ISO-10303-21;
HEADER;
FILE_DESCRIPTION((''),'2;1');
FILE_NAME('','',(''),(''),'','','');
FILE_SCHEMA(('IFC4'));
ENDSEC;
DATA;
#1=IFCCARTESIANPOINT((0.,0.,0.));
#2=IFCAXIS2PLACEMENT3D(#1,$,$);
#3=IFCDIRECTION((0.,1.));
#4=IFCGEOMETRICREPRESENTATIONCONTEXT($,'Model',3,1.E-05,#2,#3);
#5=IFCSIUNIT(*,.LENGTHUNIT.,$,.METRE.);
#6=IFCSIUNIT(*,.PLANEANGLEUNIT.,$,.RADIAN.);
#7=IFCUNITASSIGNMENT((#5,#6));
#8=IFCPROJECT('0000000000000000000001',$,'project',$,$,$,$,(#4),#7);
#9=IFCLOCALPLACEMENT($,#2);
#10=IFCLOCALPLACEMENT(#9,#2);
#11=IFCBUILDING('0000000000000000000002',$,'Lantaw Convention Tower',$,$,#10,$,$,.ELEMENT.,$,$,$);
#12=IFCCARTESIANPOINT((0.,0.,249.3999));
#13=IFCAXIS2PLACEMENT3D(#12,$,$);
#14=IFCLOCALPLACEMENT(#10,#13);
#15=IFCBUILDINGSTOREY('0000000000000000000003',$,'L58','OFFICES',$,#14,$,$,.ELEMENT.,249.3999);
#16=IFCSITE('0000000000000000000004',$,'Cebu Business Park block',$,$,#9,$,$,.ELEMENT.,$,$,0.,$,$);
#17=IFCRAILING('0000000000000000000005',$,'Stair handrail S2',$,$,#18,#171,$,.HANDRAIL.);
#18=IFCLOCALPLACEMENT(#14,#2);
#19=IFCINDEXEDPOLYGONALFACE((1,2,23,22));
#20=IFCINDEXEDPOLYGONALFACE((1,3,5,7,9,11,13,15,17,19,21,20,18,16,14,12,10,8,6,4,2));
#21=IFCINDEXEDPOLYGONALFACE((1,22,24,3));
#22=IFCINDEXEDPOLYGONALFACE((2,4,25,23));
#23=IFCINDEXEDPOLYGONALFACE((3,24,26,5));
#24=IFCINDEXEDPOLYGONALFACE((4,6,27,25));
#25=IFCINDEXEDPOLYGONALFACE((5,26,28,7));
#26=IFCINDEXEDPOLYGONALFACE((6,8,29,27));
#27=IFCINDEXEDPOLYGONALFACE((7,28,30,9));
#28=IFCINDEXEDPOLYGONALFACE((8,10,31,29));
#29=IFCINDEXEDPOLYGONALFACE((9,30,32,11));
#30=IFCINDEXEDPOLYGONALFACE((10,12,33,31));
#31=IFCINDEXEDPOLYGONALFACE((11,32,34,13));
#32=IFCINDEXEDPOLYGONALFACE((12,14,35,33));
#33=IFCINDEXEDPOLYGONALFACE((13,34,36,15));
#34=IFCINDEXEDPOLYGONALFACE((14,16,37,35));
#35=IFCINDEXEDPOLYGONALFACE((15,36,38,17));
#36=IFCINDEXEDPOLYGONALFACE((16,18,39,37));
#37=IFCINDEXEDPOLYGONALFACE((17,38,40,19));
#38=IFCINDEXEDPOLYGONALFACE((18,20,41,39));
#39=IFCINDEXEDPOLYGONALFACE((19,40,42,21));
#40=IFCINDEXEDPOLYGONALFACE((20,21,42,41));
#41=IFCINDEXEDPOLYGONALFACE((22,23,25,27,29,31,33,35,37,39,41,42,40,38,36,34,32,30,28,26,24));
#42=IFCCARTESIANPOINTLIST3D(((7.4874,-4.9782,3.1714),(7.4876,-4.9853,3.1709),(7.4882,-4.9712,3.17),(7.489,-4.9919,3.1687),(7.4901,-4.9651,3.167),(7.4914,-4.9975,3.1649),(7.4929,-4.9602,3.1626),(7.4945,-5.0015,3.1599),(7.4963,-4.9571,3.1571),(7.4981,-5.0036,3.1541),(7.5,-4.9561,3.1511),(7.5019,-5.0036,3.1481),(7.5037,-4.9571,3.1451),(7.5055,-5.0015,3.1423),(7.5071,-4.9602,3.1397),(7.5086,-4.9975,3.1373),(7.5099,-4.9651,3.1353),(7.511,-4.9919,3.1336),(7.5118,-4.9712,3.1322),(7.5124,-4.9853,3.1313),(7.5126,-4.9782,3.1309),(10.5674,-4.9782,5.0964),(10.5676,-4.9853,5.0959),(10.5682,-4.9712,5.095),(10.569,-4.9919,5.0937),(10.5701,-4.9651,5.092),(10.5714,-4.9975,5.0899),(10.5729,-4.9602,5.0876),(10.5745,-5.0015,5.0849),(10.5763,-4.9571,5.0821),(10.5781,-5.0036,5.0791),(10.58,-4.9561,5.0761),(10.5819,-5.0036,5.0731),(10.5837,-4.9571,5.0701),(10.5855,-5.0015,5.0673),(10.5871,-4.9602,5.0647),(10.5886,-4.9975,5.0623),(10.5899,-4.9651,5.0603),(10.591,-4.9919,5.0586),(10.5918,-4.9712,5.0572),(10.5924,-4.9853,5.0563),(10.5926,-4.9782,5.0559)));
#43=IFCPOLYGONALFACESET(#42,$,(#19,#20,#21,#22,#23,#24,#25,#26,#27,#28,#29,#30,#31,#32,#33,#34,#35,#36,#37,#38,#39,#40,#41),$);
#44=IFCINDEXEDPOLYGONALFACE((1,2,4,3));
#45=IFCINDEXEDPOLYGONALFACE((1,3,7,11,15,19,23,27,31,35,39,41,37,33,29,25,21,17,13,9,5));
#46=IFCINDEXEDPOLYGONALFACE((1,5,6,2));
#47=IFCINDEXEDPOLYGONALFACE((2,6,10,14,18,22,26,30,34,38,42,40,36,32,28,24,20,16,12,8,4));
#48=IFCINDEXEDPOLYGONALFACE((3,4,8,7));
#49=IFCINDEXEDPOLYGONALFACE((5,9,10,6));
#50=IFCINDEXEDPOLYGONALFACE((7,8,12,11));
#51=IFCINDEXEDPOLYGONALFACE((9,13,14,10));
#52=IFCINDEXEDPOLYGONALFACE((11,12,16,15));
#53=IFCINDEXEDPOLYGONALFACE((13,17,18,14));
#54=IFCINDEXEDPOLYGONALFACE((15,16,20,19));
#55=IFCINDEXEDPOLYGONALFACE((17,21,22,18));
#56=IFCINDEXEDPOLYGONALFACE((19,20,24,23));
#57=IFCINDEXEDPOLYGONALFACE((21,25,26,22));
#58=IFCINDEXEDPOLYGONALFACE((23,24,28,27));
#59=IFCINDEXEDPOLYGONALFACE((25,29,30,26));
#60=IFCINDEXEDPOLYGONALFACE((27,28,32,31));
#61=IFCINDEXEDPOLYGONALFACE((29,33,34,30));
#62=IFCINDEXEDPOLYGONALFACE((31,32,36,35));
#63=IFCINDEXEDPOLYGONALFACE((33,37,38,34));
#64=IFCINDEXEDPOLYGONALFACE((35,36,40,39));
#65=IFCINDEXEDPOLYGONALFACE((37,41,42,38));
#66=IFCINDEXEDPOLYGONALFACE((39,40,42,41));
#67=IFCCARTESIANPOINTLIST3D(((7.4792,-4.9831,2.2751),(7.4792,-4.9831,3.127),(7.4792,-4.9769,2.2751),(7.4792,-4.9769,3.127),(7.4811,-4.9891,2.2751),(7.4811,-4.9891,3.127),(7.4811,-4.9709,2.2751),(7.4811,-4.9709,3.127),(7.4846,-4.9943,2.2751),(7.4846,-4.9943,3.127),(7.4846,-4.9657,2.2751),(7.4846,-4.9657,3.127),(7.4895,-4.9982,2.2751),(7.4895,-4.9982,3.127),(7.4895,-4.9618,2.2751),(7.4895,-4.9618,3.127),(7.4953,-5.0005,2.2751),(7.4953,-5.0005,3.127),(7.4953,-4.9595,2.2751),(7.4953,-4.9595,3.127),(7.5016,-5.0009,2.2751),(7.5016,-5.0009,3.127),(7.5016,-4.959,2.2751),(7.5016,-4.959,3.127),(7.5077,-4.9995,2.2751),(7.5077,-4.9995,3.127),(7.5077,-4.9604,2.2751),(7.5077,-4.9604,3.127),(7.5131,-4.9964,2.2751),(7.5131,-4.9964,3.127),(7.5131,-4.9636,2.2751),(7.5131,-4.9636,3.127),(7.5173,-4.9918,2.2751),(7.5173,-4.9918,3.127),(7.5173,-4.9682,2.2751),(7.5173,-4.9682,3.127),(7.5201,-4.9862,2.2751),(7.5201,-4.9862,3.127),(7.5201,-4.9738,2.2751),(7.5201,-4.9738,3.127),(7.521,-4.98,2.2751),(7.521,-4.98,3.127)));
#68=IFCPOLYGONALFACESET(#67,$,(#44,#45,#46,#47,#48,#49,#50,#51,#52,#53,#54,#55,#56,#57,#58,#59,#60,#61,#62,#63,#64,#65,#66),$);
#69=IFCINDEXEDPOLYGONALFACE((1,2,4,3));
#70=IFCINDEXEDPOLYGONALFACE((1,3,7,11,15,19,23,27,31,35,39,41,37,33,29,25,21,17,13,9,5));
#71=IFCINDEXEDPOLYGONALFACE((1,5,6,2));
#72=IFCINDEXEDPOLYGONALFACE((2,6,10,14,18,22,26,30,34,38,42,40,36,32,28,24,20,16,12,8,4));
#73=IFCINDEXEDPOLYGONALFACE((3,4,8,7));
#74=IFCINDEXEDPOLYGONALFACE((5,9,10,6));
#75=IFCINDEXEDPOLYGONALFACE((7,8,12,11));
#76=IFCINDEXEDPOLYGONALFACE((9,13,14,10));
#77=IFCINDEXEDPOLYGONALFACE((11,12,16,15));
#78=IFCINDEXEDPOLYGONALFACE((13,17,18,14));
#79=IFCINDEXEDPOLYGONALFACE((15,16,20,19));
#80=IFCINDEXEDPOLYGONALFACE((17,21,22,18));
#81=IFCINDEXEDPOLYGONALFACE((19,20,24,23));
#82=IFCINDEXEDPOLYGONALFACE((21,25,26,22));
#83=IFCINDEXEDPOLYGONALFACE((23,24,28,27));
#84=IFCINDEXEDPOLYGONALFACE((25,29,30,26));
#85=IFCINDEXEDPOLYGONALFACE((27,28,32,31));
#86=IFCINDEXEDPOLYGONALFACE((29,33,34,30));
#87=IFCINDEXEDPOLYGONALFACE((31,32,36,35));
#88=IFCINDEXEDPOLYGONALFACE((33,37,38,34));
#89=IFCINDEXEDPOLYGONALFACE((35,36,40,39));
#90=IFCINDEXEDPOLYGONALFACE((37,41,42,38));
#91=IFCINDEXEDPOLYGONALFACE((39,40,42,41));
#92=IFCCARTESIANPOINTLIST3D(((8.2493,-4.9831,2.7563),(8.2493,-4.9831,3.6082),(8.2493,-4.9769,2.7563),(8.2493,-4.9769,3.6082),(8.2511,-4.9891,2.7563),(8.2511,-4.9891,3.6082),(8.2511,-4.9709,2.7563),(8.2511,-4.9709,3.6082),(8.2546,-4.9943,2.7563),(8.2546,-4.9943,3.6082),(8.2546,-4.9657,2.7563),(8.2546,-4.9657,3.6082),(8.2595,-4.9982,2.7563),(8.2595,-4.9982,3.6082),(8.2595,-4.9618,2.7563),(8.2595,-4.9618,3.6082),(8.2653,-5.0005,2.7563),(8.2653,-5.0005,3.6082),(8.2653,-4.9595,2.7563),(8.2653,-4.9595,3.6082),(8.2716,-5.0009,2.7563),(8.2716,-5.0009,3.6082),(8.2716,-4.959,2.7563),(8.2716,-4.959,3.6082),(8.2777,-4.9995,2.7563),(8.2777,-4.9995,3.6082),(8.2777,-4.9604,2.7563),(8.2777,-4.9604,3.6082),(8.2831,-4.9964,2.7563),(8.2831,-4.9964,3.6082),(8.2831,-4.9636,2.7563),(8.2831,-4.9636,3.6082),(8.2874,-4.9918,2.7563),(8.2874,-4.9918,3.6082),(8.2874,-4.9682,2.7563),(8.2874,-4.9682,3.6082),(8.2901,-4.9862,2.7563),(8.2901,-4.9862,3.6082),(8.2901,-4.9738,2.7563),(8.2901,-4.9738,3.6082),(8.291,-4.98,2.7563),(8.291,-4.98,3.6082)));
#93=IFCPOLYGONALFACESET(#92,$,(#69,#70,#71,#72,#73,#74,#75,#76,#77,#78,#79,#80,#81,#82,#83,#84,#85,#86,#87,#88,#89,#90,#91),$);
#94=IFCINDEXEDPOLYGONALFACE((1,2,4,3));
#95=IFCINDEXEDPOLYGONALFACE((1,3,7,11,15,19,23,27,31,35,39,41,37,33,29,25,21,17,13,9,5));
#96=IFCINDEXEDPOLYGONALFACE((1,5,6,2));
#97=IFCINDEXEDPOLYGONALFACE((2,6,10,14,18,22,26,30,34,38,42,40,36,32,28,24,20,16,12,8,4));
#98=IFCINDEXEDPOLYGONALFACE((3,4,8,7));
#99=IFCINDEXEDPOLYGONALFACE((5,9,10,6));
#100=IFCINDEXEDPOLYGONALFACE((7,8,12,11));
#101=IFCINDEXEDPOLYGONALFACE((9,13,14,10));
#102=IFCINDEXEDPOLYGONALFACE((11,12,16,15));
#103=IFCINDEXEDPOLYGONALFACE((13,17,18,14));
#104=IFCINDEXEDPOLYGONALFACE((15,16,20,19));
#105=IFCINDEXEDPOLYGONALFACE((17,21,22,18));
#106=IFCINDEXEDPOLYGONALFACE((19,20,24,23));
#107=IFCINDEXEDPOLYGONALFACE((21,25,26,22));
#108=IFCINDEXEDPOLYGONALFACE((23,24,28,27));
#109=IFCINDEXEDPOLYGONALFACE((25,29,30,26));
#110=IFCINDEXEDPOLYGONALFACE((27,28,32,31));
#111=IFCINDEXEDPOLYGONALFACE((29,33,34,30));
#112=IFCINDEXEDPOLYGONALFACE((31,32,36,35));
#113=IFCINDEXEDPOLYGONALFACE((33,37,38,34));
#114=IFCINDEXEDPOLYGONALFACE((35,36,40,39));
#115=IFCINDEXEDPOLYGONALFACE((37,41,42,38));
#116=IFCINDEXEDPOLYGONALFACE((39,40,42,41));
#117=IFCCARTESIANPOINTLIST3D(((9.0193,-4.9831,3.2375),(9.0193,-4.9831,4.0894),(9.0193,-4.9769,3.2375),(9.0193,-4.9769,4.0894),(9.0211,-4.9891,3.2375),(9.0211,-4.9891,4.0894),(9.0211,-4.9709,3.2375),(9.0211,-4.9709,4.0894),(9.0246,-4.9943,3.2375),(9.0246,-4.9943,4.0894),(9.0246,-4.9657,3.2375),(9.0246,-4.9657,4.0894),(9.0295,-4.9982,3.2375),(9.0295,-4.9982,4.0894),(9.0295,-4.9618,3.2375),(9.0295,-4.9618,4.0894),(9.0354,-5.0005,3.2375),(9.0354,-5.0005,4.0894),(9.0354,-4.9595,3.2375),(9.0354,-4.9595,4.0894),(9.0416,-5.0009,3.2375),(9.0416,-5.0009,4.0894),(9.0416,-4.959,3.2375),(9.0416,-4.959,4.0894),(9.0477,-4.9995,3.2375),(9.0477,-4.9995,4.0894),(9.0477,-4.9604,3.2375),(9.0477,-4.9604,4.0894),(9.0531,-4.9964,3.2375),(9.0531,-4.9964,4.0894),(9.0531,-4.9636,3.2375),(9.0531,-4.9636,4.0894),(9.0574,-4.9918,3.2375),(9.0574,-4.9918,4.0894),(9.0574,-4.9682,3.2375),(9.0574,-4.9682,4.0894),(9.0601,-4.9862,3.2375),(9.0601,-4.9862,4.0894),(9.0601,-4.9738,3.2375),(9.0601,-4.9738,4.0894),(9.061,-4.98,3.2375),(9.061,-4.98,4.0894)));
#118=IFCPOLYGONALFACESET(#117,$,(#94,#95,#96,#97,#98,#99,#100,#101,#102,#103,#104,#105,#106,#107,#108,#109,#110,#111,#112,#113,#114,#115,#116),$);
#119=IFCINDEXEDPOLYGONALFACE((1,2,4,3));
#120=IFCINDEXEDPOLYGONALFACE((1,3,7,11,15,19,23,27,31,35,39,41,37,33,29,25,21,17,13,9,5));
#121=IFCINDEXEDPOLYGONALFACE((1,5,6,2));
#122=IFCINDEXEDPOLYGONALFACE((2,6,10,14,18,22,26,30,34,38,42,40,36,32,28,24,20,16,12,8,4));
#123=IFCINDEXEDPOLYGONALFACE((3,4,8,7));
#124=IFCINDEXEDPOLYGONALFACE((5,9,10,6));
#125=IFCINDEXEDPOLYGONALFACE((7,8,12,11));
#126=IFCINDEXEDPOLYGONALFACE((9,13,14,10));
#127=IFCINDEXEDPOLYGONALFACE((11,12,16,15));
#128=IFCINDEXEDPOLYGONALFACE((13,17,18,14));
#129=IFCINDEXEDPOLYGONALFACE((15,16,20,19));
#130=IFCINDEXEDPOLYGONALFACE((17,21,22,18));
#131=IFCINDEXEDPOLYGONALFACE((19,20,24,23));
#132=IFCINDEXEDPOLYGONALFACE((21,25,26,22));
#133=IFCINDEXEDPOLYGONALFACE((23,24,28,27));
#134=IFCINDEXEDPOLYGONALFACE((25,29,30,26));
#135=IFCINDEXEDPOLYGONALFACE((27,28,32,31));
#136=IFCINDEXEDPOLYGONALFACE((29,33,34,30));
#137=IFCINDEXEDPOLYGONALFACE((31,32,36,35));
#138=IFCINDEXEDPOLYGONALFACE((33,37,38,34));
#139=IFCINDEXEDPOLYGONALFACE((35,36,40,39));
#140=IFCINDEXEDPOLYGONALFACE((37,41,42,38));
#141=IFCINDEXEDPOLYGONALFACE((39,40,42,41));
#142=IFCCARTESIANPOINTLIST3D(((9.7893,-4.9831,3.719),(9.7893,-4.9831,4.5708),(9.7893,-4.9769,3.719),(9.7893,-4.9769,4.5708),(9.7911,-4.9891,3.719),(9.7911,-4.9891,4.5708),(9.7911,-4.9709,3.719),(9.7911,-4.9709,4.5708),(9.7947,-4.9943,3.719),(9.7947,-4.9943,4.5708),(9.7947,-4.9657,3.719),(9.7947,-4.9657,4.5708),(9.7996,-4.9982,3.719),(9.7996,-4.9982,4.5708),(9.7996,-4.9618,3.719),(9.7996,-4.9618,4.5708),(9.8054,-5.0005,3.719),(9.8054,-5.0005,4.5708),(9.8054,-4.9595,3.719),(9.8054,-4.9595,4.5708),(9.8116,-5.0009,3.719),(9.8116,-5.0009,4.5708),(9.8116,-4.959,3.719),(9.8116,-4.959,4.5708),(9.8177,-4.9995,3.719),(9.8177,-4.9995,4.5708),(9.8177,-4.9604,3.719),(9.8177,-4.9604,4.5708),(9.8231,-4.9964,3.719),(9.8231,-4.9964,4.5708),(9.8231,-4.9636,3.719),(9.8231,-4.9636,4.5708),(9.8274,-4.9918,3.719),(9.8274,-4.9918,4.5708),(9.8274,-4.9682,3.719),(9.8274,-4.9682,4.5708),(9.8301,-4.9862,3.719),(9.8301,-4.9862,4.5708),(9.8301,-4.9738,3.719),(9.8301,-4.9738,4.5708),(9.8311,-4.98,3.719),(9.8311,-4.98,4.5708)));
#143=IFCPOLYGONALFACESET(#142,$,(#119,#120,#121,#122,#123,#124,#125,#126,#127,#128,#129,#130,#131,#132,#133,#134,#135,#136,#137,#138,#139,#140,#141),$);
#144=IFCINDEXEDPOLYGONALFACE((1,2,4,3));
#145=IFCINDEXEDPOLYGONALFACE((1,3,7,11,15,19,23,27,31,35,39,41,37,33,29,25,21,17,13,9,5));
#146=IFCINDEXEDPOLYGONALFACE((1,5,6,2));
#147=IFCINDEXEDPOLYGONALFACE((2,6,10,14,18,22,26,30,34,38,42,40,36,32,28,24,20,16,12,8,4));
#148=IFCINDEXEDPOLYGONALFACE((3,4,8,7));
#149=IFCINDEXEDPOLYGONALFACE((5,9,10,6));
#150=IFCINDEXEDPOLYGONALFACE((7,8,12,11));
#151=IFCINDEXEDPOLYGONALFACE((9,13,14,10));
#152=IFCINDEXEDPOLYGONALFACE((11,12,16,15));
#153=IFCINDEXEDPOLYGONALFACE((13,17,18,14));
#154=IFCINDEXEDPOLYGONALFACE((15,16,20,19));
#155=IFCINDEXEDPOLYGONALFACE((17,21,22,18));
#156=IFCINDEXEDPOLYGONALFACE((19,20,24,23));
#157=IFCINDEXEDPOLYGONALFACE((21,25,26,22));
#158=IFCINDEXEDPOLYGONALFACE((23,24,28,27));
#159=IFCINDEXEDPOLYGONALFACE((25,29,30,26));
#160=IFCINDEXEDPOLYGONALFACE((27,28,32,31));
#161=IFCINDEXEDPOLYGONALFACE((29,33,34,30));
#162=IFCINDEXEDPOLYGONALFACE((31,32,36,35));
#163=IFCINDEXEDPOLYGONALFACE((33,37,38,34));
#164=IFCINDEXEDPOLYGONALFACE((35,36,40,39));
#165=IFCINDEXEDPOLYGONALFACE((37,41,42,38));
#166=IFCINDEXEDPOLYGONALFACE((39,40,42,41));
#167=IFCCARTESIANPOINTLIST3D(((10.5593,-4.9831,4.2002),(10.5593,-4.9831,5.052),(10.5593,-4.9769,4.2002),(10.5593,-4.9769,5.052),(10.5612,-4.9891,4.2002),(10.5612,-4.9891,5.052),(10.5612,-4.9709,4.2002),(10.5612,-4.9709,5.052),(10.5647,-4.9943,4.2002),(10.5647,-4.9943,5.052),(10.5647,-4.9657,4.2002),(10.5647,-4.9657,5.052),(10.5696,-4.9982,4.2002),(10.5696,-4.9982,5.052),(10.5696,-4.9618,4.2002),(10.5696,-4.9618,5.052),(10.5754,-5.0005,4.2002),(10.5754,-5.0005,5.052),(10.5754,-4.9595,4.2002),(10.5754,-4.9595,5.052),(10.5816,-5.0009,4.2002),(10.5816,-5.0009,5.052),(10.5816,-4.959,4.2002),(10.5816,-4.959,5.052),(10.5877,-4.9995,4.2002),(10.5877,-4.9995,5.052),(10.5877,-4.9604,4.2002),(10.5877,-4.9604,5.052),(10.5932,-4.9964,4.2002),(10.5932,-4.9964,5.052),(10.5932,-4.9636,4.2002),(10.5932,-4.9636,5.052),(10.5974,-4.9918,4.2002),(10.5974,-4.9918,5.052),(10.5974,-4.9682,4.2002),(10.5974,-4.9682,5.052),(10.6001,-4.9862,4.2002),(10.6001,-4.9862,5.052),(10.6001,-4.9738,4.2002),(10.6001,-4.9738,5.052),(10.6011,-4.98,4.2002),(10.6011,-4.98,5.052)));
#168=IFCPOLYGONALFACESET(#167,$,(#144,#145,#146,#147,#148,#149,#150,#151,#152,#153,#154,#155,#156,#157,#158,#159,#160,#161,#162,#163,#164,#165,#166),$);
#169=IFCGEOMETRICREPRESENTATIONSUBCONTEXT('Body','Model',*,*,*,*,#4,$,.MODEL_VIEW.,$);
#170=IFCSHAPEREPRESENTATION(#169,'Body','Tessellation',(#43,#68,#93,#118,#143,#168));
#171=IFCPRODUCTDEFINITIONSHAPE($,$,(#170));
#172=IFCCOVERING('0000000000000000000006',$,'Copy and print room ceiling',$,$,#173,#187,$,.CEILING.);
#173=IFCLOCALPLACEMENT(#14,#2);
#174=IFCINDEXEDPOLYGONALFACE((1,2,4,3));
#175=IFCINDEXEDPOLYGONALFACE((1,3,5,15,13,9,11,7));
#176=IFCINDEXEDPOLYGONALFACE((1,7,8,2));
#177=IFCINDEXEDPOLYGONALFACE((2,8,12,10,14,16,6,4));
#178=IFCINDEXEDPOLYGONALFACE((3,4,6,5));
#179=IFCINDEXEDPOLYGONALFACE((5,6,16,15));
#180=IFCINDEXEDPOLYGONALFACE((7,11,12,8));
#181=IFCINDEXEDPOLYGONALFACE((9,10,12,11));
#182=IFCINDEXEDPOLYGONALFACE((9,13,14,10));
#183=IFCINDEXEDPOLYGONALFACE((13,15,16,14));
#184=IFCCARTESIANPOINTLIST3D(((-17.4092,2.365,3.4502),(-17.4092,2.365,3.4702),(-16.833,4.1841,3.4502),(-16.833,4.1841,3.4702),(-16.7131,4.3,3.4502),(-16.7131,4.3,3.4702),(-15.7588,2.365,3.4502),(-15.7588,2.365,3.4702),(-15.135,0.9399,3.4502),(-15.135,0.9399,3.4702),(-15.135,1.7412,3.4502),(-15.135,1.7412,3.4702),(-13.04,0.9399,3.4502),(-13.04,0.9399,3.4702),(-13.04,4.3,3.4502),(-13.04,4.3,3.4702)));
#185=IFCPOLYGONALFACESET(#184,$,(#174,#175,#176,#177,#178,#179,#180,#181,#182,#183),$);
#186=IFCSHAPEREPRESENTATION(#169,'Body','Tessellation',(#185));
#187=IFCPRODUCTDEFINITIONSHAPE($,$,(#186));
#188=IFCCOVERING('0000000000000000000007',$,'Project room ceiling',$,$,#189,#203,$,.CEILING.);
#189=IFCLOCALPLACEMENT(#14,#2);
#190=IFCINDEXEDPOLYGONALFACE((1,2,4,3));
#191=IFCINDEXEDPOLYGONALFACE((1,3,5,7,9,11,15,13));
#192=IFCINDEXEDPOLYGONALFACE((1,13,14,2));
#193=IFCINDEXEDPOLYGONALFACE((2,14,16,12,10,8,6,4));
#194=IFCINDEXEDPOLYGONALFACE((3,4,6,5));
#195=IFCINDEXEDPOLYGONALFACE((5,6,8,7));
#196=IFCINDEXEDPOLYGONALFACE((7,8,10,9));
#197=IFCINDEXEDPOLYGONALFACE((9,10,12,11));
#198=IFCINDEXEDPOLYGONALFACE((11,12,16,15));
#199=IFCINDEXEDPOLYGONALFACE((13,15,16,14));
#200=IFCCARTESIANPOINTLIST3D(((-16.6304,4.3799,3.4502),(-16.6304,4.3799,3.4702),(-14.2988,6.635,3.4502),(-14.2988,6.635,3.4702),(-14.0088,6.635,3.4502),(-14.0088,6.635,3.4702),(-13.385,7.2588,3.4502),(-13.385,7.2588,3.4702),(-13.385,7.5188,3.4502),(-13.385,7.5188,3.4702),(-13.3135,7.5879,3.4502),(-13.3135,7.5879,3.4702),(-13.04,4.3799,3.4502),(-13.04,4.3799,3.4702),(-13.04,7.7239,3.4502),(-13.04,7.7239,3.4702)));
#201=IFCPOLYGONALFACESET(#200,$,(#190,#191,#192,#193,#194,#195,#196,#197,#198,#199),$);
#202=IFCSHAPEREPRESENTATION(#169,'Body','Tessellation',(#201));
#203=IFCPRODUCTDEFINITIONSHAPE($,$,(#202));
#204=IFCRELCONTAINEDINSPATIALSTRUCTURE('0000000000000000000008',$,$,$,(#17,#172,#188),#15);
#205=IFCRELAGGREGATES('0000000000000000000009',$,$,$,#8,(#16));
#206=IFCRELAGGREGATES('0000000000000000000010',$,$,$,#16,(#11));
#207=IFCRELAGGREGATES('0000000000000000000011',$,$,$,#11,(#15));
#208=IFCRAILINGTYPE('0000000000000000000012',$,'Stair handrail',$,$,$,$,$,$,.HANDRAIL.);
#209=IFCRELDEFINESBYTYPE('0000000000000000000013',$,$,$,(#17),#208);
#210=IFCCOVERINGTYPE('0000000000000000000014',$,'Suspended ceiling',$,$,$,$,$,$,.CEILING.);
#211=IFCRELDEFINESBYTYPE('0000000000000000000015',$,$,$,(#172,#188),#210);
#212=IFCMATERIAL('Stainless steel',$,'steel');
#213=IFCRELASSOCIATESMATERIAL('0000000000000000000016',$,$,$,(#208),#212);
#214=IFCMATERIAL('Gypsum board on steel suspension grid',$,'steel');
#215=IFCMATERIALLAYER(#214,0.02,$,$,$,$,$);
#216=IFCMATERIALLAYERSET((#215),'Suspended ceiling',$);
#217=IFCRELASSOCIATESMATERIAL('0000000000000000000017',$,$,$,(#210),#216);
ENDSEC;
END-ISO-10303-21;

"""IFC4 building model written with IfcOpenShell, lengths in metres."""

from ifc_helpers import new_model, si_unit, direction, frame, origin, origin_2d, place, context, subcontext, project, spatial, polyline, circle, outline, extrude, material, layer, layer_set, type_object, element, save


model = new_model("IFC4")

# Units and contexts
model_context = context("Model", 3, precision=1e-05, world=origin(), true_north=direction((0.0, 1.0)))
body_context = subcontext(model_context, "Body", "Model", "MODEL_VIEW")
ifc_project = project(units=[si_unit("LENGTHUNIT", "METRE"), si_unit("PLANEANGLEUNIT", "RADIAN")], contexts=[model_context])

# Site, building, storey
site_placement = place(None, origin())
site = spatial("IfcSite", under=ifc_project, at=site_placement, Name="Cebu Business Park block", CompositionType="ELEMENT", RefElevation=0.0)
building_placement = place(site_placement, origin())
building = spatial("IfcBuilding", under=site, at=building_placement, Name="Lantaw Convention Tower", CompositionType="ELEMENT")
storey_placement = place(building_placement, frame((0.0, 0.0, 249.3999)))
storey = spatial("IfcBuildingStorey", under=building, at=storey_placement, Name="L58", Description="OFFICES", CompositionType="ELEMENT", Elevation=249.3999)

# Railing
ifc_material_1 = material(Name="Stainless steel", Category="steel")
railing_type = type_object("IfcRailingType", Name="Stair handrail", PredefinedType="HANDRAIL", material=ifc_material_1)
railing_1_placement = place(storey_placement, frame((7.5, -4.98, 2.2751)))
element("IfcRailing", 1, at=railing_1_placement, inside=storey, type_object=railing_type, Name="Stair handrail S2", PredefinedType="HANDRAIL", context=body_context, shape_type="SweptSolid", body=[
    extrude(circle(Radius=0.0239, at=origin_2d()), frame((0.0, 0.0, 0.876), z_axis=(0.847998, 0.0, 0.529999), x_axis=(0.0, 1.0, 0.0)), (0.0, 0.0, 1.0), 3.6321),
    extrude(circle(Radius=0.021, at=origin_2d()), origin(), (0.0, 0.0, 1.0), 0.8518),
    extrude(circle(Radius=0.021, at=origin_2d()), frame((0.77, 0.0, 0.4812)), (0.0, 0.0, 1.0), 0.8518),
    extrude(circle(Radius=0.021, at=origin_2d()), frame((1.54, 0.0, 0.9624)), (0.0, 0.0, 1.0), 0.8518),
    extrude(circle(Radius=0.021, at=origin_2d()), frame((2.3101, 0.0, 1.4438)), (0.0, 0.0, 1.0), 0.8518),
    extrude(circle(Radius=0.021, at=origin_2d()), frame((3.0801, 0.0, 1.925)), (0.0, 0.0, 1.0), 0.8518),
])

# Coverings
ifc_material_2 = material(Name="Gypsum board on steel suspension grid", Category="steel")
ifc_layer_1 = layer(ifc_material_2, 0.02)
ifc_layer_set_1 = layer_set([ifc_layer_1], Name="Suspended ceiling")
covering_type = type_object("IfcCoveringType", Name="Suspended ceiling", PredefinedType="CEILING", material=ifc_layer_set_1)
covering_1_placement = place(storey_placement, frame((0.0, 0.0, 3.4502)))
element("IfcCovering", 2, at=covering_1_placement, inside=storey, type_object=covering_type, Name="Copy and print room ceiling", PredefinedType="CEILING", context=body_context, shape_type="SweptSolid", body=[
    extrude(outline(polyline([(-16.833, 4.1841), (-17.4092, 2.365), (-15.7588, 2.365), (-15.135, 1.7412), (-15.135, 0.9399), (-13.04, 0.9399), (-13.04, 4.3), (-16.7131, 4.3), (-16.833, 4.1841)])), origin(), (0.0, 0.0, 1.0), 0.02),
])
covering_2_placement = place(storey_placement, frame((0.0, 0.0, 3.4502)))
element("IfcCovering", 3, at=covering_2_placement, inside=storey, type_object=covering_type, Name="Project room ceiling", PredefinedType="CEILING", context=body_context, shape_type="SweptSolid", body=[
    extrude(outline(polyline([(-13.04, 7.7239), (-13.3135, 7.5879), (-13.385, 7.5188), (-13.385, 7.2588), (-14.0088, 6.635), (-14.2988, 6.635), (-16.6304, 4.3799), (-13.04, 4.3799), (-13.04, 7.7239)])), origin(), (0.0, 0.0, 1.0), 0.02),
])

save(model, "model.ifc")
